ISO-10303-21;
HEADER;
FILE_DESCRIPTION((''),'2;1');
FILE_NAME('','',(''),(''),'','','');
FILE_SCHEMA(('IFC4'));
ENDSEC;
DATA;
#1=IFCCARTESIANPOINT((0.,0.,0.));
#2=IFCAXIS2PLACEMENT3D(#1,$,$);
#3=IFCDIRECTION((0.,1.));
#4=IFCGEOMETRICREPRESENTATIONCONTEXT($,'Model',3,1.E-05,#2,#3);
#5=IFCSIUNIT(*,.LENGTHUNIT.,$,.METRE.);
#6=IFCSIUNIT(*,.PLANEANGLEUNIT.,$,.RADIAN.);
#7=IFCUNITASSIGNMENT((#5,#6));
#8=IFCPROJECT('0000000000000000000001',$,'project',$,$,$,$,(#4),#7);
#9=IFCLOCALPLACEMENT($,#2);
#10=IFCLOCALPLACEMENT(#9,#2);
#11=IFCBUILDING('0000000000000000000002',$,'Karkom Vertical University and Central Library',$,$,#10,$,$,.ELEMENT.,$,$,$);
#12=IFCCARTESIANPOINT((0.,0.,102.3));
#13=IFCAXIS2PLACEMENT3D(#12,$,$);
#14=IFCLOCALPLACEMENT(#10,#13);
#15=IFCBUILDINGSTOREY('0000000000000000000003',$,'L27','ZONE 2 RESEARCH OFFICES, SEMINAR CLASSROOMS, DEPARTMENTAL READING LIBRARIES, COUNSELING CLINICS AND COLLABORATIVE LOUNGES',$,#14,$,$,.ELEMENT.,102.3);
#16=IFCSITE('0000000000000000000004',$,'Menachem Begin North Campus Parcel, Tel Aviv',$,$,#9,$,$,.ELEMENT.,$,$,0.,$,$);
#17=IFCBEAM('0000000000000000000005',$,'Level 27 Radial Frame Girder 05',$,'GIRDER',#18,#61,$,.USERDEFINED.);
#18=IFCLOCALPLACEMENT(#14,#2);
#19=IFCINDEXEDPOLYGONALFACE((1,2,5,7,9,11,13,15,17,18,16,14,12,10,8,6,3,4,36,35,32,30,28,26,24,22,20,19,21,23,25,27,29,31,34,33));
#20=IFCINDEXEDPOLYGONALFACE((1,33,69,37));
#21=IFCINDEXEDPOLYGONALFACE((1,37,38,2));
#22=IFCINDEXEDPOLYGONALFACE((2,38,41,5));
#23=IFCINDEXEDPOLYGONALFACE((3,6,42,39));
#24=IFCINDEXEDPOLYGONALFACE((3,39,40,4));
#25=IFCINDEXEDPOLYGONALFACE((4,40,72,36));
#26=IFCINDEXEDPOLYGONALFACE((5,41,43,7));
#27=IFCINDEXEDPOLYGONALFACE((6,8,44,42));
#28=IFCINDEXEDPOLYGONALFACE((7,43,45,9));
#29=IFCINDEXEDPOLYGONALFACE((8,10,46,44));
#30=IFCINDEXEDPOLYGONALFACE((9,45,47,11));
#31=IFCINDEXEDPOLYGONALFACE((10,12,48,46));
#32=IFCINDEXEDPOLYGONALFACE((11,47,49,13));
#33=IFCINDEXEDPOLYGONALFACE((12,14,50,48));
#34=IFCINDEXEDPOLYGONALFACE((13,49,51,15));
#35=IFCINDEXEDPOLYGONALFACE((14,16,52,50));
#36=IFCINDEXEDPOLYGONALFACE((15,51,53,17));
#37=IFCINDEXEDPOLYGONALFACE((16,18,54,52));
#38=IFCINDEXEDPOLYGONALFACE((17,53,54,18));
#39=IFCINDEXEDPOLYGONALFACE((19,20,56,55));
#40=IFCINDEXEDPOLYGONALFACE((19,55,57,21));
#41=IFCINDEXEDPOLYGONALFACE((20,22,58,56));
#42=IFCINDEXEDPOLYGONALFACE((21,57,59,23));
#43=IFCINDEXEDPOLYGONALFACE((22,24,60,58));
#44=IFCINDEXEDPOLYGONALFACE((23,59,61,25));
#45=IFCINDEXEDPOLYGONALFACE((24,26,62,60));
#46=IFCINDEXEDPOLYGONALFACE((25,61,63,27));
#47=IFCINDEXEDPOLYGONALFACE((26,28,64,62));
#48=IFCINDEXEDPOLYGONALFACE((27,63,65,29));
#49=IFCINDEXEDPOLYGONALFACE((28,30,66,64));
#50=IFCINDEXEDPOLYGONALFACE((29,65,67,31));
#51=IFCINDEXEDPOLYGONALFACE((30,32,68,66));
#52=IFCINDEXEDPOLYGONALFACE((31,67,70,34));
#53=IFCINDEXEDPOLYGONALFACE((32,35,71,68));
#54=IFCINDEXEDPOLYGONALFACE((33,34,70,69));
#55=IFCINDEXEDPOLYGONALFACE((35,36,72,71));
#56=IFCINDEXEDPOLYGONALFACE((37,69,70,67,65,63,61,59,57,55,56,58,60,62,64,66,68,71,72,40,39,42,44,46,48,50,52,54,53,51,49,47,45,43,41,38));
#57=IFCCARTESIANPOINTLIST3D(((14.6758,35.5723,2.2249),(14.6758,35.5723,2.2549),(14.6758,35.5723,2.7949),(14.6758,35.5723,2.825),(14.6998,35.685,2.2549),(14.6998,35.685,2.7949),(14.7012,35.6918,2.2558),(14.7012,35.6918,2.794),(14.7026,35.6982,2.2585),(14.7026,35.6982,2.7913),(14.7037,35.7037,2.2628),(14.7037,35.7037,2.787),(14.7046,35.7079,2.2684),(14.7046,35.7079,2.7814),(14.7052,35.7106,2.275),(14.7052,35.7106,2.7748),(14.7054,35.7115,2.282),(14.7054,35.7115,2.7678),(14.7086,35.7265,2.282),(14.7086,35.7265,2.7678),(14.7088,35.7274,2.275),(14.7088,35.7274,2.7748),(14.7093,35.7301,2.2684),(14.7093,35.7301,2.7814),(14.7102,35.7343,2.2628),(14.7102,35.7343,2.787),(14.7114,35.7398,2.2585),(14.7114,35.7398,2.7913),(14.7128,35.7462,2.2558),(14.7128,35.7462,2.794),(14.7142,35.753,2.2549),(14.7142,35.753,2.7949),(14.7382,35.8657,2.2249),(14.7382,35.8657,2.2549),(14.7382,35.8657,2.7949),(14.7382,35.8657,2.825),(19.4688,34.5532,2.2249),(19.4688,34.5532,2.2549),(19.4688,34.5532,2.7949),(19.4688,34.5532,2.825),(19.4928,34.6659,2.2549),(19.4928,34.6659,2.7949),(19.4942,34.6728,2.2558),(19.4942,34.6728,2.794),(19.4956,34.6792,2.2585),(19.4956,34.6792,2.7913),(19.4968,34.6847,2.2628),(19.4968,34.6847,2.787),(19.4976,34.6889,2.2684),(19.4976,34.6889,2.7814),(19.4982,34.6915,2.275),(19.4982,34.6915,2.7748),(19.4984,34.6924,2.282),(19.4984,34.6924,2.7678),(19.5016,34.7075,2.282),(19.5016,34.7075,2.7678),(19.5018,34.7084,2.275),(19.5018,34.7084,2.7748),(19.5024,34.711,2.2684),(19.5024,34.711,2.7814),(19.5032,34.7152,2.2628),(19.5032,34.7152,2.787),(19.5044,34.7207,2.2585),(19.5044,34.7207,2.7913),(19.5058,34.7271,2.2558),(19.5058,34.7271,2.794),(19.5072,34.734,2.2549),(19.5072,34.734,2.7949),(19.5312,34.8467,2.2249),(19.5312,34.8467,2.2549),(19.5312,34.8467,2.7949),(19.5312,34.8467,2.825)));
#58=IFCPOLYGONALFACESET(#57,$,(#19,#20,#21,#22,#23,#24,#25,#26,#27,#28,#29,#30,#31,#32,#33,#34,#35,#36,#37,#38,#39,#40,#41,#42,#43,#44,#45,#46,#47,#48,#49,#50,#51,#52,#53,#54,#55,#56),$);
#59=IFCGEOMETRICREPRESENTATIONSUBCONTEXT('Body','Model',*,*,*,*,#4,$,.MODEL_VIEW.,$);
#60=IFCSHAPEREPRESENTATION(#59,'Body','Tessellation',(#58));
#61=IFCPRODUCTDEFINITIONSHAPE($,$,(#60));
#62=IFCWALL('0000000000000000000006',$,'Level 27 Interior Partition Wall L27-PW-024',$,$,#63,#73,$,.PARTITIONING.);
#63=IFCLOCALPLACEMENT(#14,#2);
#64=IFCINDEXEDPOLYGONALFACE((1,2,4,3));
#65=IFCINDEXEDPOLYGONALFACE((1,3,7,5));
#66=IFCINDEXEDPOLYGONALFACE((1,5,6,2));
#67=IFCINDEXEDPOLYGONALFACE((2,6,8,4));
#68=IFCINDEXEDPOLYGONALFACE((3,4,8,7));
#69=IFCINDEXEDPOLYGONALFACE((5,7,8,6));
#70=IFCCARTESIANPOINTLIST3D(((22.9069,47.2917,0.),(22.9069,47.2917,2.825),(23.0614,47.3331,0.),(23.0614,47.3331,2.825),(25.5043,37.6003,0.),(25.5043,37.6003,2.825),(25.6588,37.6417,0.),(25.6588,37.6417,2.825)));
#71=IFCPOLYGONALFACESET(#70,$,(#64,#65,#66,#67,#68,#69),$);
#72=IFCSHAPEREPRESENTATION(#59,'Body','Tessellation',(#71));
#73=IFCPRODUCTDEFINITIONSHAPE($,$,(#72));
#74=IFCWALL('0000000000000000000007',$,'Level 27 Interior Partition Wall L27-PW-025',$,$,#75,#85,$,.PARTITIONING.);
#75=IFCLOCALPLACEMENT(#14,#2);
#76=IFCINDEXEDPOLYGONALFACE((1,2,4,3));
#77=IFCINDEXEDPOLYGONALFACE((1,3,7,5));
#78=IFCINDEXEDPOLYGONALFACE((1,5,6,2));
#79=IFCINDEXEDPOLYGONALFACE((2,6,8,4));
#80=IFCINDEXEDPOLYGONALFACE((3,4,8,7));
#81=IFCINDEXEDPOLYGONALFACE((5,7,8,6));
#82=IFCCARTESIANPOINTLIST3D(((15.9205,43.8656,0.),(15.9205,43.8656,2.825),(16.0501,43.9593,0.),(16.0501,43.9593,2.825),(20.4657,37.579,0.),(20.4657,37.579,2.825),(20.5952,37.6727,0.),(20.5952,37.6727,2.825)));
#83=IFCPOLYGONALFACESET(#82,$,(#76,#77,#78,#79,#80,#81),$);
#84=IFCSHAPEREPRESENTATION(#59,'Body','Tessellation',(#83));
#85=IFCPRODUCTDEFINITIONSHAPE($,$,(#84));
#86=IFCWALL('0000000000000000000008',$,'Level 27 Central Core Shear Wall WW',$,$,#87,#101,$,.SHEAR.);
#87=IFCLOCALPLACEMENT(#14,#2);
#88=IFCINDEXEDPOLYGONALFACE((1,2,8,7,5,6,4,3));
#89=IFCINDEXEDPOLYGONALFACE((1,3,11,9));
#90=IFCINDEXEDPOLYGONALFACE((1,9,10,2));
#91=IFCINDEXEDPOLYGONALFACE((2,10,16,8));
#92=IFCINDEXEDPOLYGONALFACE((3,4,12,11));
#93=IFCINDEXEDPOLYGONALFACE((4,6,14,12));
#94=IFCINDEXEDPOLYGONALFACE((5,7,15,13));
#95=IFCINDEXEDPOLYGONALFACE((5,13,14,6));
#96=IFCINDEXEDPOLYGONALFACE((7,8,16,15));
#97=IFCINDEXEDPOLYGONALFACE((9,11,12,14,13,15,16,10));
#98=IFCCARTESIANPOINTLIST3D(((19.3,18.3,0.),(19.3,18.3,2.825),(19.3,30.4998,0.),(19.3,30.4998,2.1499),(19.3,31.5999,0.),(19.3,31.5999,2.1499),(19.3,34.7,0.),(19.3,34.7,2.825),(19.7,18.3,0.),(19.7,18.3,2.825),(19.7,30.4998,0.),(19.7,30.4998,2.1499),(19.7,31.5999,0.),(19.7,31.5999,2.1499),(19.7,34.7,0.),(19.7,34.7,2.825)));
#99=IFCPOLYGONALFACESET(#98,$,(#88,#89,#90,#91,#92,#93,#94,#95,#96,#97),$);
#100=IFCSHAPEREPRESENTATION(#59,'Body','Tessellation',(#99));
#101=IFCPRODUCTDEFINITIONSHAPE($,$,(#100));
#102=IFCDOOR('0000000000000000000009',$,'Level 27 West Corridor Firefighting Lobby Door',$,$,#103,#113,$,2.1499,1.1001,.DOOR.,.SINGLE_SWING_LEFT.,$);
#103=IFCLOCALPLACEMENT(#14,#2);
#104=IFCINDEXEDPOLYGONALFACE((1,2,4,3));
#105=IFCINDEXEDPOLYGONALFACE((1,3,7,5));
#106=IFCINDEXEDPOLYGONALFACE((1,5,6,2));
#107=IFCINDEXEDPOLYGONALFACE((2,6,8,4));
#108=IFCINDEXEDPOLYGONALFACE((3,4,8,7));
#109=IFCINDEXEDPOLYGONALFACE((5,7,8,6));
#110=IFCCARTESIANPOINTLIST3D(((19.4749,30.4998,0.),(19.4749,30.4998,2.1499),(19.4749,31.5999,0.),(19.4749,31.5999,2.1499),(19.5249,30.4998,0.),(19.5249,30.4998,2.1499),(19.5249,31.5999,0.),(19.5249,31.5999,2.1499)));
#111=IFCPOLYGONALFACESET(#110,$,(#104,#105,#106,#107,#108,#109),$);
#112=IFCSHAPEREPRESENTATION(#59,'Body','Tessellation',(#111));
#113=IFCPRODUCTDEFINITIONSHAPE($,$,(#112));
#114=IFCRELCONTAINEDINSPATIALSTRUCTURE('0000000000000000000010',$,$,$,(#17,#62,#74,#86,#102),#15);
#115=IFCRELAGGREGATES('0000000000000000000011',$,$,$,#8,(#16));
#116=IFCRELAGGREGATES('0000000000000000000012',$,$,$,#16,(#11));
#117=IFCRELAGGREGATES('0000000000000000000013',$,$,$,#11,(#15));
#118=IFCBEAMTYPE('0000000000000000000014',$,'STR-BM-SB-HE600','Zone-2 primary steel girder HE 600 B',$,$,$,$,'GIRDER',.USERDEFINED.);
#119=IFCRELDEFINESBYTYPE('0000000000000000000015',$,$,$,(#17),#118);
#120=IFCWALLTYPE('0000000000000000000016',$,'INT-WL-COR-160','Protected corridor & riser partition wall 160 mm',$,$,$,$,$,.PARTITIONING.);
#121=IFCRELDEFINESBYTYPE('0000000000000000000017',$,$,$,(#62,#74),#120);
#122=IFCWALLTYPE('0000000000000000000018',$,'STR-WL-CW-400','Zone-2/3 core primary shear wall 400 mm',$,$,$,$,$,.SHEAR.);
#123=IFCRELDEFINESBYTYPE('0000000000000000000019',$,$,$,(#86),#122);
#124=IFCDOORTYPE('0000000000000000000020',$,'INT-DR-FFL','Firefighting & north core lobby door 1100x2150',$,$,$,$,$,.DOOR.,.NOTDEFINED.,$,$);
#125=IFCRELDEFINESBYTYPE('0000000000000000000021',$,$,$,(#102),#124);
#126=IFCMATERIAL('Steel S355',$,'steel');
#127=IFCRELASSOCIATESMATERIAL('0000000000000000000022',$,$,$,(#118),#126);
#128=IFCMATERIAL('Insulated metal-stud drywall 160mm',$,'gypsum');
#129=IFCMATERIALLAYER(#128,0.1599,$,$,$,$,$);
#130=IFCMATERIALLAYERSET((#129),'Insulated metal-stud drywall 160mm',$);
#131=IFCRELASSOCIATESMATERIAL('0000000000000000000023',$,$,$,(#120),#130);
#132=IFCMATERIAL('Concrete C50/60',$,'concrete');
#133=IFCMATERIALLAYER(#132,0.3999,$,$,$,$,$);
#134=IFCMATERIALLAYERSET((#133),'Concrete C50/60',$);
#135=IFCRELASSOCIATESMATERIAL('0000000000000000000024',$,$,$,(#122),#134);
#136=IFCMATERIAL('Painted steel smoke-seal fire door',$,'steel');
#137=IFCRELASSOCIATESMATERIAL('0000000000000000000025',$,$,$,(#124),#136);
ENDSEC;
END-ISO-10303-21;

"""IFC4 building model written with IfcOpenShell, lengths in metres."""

from ifc_helpers import new_model, si_unit, direction, frame, frame_2d, origin, origin_with_axes, origin_2d, place, context, subcontext, project, spatial, rectangle, i_section, extrude, source, transform, mapped, material, layer, layer_set, material_profile, profile_set, type_object, element, fill, save


model = new_model("IFC4")

# Units and contexts
model_context = context("Model", 3, precision=1e-05, world=origin(), true_north=direction((0.0, 1.0)))
body_context = subcontext(model_context, "Body", "Model", "MODEL_VIEW")
ifc_project = project(units=[si_unit("LENGTHUNIT", "METRE"), si_unit("PLANEANGLEUNIT", "RADIAN")], contexts=[model_context])

# Site, building, storey
site_placement = place(None, origin())
site = spatial("IfcSite", under=ifc_project, at=site_placement, Name="Menachem Begin North Campus Parcel, Tel Aviv", CompositionType="ELEMENT", RefElevation=0.0)
building_placement = place(site_placement, origin())
building = spatial("IfcBuilding", under=site, at=building_placement, Name="Karkom Vertical University and Central Library", CompositionType="ELEMENT")
storey_placement = place(building_placement, frame((0.0, 0.0, 102.3)))
storey = spatial("IfcBuildingStorey", under=building, at=storey_placement, Name="L27", Description="ZONE 2 RESEARCH OFFICES, SEMINAR CLASSROOMS, DEPARTMENTAL READING LIBRARIES, COUNSELING CLINICS AND COLLABORATIVE LOUNGES", CompositionType="ELEMENT", Elevation=102.3)

# Shared definitions
ifc_material_1 = material(Name="Concrete C50/60", Category="concrete")

# Beam
ifc_material_2 = material(Name="Steel S355", Category="steel")
ifc_material_profile_1 = material_profile(ifc_material_2, i_section(OverallWidth=0.3, OverallDepth=0.6001, WebThickness=0.0154, FlangeThickness=0.03, FilletRadius=0.0271, at=origin_2d()), Name="HE 600 B")
ifc_profile_set_1 = profile_set([ifc_material_profile_1], Name="Steel S355")
beam_type_1 = type_object("IfcBeamType", Name="STR-BM-SB-HE600", Description="Zone-2 primary steel girder HE 600 B", ElementType="GIRDER", PredefinedType="USERDEFINED", material=ifc_profile_set_1)
shared_shape_1 = source(origin_with_axes(), body_context, "Body", "SweptSolid", [
    extrude(i_section(OverallWidth=0.3, OverallDepth=0.6001, WebThickness=0.0154, FlangeThickness=0.03, FilletRadius=0.0271, at=origin_2d()), origin(), (0.0, 0.0, 1.0), 4.9001),
])
beam_1_placement = place(storey_placement, frame((19.5, 34.7, 2.5249), z_axis=(-0.978137, 0.207964, 0.0), x_axis=(-0.207964, -0.978137, 0.0)))
element("IfcBeam", 1, at=beam_1_placement, inside=storey, type_object=beam_type_1, Name="Level 27 Radial Frame Girder 05", ObjectType="GIRDER", PredefinedType="USERDEFINED", context=body_context, shape_type="MappedRepresentation", body=[
    mapped(shared_shape_1, transform((0.0, 0.0, 0.0), scale=1.0)),
])

# Walls
ifc_material_3 = material(Name="Insulated metal-stud drywall 160mm", Category="gypsum")
ifc_layer_1 = layer(ifc_material_3, 0.1599)
ifc_layer_set_1 = layer_set([ifc_layer_1], Name="Insulated metal-stud drywall 160mm")
wall_type_1 = type_object("IfcWallType", Name="INT-WL-COR-160", Description="Protected corridor & riser partition wall 160 mm", PredefinedType="PARTITIONING", material=ifc_layer_set_1)
wall_1_placement = place(storey_placement, frame((25.5815, 37.6211, 0.0), z_axis=(0.0, 0.0, 1.0), x_axis=(-0.258876, 0.965911, 0.0)))
element("IfcWall", 2, at=wall_1_placement, inside=storey, type_object=wall_type_1, Name="Level 27 Interior Partition Wall L27-PW-024", PredefinedType="PARTITIONING", context=body_context, shape_type="SweptSolid", body=[
    extrude(rectangle(XDim=10.0334, YDim=0.1599, at=frame_2d((5.0166, 0.0))), origin(), (0.0, 0.0, 1.0), 2.825),
])
wall_2_placement = place(storey_placement, frame((20.5305, 37.6257, 0.0), z_axis=(0.0, 0.0, 1.0), x_axis=(-0.5859, 0.810384, 0.0)))
element("IfcWall", 3, at=wall_2_placement, inside=storey, type_object=wall_type_1, Name="Level 27 Interior Partition Wall L27-PW-025", PredefinedType="PARTITIONING", context=body_context, shape_type="SweptSolid", body=[
    extrude(rectangle(XDim=7.7576, YDim=0.1599, at=frame_2d((3.8789, 0.0))), origin(), (0.0, 0.0, 1.0), 2.825),
])

# Wall, opening, door
ifc_layer_2 = layer(ifc_material_1, 0.3999)
ifc_layer_set_2 = layer_set([ifc_layer_2], Name="Concrete C50/60")
wall_type_2 = type_object("IfcWallType", Name="STR-WL-CW-400", Description="Zone-2/3 core primary shear wall 400 mm", PredefinedType="SHEAR", material=ifc_layer_set_2)
ifc_material_4 = material(Name="Painted steel smoke-seal fire door", Category="steel")
door_type = type_object("IfcDoorType", Name="INT-DR-FFL", Description="Firefighting & north core lobby door 1100x2150", OperationType="NOTDEFINED", PredefinedType="DOOR", material=ifc_material_4)
shared_shape_2 = source(origin_with_axes(), body_context, "Body", "SweptSolid", [
    extrude(rectangle(XDim=1.1001, YDim=2.1499, at=frame_2d((0.55, 1.075))), frame((0.0, 0.0249, 0.0), z_axis=(0.0, -1.0, 0.0), x_axis=(1.0, 0.0, 0.0)), (0.0, 0.0, 1.0), 0.05),
])
wall_3_placement = place(storey_placement, frame((19.5, 34.7, 0.0), z_axis=(0.0, 0.0, 1.0), x_axis=(0.0, -1.0, 0.0)))
wall_3 = element("IfcWall", 4, at=wall_3_placement, inside=storey, type_object=wall_type_2, Name="Level 27 Central Core Shear Wall WW", PredefinedType="SHEAR", context=body_context, shape_type="SweptSolid", body=[
    extrude(rectangle(XDim=16.3999, YDim=0.3999, at=frame_2d((8.2, 0.0))), origin(), (0.0, 0.0, 1.0), 2.825),
])
opening_1_placement = place(wall_3_placement, frame((3.1001, 0.0, 0.0)))
opening_1 = element("IfcOpeningElement", 5, at=opening_1_placement, cuts=wall_3, PredefinedType="OPENING", context=body_context, shape_type="SweptSolid", body=[
    extrude(rectangle(XDim=1.1001, YDim=2.1499, at=frame_2d((0.55, 1.075))), frame((0.0, 0.21, 0.0), z_axis=(0.0, -1.0, 0.0), x_axis=(1.0, 0.0, 0.0)), (0.0, 0.0, 1.0), 0.4199),
])
door_1_placement = place(opening_1_placement, origin())
door_1 = element("IfcDoor", 6, at=door_1_placement, inside=storey, type_object=door_type, Name="Level 27 West Corridor Firefighting Lobby Door", OperationType="SINGLE_SWING_LEFT", OverallHeight=2.1499, OverallWidth=1.1001, PredefinedType="DOOR", context=body_context, shape_type="MappedRepresentation", body=[
    mapped(shared_shape_2, transform((0.0, 0.0, 0.0), scale=1.0)),
])
fill(opening_1, door_1)

save(model, "model.ifc")
